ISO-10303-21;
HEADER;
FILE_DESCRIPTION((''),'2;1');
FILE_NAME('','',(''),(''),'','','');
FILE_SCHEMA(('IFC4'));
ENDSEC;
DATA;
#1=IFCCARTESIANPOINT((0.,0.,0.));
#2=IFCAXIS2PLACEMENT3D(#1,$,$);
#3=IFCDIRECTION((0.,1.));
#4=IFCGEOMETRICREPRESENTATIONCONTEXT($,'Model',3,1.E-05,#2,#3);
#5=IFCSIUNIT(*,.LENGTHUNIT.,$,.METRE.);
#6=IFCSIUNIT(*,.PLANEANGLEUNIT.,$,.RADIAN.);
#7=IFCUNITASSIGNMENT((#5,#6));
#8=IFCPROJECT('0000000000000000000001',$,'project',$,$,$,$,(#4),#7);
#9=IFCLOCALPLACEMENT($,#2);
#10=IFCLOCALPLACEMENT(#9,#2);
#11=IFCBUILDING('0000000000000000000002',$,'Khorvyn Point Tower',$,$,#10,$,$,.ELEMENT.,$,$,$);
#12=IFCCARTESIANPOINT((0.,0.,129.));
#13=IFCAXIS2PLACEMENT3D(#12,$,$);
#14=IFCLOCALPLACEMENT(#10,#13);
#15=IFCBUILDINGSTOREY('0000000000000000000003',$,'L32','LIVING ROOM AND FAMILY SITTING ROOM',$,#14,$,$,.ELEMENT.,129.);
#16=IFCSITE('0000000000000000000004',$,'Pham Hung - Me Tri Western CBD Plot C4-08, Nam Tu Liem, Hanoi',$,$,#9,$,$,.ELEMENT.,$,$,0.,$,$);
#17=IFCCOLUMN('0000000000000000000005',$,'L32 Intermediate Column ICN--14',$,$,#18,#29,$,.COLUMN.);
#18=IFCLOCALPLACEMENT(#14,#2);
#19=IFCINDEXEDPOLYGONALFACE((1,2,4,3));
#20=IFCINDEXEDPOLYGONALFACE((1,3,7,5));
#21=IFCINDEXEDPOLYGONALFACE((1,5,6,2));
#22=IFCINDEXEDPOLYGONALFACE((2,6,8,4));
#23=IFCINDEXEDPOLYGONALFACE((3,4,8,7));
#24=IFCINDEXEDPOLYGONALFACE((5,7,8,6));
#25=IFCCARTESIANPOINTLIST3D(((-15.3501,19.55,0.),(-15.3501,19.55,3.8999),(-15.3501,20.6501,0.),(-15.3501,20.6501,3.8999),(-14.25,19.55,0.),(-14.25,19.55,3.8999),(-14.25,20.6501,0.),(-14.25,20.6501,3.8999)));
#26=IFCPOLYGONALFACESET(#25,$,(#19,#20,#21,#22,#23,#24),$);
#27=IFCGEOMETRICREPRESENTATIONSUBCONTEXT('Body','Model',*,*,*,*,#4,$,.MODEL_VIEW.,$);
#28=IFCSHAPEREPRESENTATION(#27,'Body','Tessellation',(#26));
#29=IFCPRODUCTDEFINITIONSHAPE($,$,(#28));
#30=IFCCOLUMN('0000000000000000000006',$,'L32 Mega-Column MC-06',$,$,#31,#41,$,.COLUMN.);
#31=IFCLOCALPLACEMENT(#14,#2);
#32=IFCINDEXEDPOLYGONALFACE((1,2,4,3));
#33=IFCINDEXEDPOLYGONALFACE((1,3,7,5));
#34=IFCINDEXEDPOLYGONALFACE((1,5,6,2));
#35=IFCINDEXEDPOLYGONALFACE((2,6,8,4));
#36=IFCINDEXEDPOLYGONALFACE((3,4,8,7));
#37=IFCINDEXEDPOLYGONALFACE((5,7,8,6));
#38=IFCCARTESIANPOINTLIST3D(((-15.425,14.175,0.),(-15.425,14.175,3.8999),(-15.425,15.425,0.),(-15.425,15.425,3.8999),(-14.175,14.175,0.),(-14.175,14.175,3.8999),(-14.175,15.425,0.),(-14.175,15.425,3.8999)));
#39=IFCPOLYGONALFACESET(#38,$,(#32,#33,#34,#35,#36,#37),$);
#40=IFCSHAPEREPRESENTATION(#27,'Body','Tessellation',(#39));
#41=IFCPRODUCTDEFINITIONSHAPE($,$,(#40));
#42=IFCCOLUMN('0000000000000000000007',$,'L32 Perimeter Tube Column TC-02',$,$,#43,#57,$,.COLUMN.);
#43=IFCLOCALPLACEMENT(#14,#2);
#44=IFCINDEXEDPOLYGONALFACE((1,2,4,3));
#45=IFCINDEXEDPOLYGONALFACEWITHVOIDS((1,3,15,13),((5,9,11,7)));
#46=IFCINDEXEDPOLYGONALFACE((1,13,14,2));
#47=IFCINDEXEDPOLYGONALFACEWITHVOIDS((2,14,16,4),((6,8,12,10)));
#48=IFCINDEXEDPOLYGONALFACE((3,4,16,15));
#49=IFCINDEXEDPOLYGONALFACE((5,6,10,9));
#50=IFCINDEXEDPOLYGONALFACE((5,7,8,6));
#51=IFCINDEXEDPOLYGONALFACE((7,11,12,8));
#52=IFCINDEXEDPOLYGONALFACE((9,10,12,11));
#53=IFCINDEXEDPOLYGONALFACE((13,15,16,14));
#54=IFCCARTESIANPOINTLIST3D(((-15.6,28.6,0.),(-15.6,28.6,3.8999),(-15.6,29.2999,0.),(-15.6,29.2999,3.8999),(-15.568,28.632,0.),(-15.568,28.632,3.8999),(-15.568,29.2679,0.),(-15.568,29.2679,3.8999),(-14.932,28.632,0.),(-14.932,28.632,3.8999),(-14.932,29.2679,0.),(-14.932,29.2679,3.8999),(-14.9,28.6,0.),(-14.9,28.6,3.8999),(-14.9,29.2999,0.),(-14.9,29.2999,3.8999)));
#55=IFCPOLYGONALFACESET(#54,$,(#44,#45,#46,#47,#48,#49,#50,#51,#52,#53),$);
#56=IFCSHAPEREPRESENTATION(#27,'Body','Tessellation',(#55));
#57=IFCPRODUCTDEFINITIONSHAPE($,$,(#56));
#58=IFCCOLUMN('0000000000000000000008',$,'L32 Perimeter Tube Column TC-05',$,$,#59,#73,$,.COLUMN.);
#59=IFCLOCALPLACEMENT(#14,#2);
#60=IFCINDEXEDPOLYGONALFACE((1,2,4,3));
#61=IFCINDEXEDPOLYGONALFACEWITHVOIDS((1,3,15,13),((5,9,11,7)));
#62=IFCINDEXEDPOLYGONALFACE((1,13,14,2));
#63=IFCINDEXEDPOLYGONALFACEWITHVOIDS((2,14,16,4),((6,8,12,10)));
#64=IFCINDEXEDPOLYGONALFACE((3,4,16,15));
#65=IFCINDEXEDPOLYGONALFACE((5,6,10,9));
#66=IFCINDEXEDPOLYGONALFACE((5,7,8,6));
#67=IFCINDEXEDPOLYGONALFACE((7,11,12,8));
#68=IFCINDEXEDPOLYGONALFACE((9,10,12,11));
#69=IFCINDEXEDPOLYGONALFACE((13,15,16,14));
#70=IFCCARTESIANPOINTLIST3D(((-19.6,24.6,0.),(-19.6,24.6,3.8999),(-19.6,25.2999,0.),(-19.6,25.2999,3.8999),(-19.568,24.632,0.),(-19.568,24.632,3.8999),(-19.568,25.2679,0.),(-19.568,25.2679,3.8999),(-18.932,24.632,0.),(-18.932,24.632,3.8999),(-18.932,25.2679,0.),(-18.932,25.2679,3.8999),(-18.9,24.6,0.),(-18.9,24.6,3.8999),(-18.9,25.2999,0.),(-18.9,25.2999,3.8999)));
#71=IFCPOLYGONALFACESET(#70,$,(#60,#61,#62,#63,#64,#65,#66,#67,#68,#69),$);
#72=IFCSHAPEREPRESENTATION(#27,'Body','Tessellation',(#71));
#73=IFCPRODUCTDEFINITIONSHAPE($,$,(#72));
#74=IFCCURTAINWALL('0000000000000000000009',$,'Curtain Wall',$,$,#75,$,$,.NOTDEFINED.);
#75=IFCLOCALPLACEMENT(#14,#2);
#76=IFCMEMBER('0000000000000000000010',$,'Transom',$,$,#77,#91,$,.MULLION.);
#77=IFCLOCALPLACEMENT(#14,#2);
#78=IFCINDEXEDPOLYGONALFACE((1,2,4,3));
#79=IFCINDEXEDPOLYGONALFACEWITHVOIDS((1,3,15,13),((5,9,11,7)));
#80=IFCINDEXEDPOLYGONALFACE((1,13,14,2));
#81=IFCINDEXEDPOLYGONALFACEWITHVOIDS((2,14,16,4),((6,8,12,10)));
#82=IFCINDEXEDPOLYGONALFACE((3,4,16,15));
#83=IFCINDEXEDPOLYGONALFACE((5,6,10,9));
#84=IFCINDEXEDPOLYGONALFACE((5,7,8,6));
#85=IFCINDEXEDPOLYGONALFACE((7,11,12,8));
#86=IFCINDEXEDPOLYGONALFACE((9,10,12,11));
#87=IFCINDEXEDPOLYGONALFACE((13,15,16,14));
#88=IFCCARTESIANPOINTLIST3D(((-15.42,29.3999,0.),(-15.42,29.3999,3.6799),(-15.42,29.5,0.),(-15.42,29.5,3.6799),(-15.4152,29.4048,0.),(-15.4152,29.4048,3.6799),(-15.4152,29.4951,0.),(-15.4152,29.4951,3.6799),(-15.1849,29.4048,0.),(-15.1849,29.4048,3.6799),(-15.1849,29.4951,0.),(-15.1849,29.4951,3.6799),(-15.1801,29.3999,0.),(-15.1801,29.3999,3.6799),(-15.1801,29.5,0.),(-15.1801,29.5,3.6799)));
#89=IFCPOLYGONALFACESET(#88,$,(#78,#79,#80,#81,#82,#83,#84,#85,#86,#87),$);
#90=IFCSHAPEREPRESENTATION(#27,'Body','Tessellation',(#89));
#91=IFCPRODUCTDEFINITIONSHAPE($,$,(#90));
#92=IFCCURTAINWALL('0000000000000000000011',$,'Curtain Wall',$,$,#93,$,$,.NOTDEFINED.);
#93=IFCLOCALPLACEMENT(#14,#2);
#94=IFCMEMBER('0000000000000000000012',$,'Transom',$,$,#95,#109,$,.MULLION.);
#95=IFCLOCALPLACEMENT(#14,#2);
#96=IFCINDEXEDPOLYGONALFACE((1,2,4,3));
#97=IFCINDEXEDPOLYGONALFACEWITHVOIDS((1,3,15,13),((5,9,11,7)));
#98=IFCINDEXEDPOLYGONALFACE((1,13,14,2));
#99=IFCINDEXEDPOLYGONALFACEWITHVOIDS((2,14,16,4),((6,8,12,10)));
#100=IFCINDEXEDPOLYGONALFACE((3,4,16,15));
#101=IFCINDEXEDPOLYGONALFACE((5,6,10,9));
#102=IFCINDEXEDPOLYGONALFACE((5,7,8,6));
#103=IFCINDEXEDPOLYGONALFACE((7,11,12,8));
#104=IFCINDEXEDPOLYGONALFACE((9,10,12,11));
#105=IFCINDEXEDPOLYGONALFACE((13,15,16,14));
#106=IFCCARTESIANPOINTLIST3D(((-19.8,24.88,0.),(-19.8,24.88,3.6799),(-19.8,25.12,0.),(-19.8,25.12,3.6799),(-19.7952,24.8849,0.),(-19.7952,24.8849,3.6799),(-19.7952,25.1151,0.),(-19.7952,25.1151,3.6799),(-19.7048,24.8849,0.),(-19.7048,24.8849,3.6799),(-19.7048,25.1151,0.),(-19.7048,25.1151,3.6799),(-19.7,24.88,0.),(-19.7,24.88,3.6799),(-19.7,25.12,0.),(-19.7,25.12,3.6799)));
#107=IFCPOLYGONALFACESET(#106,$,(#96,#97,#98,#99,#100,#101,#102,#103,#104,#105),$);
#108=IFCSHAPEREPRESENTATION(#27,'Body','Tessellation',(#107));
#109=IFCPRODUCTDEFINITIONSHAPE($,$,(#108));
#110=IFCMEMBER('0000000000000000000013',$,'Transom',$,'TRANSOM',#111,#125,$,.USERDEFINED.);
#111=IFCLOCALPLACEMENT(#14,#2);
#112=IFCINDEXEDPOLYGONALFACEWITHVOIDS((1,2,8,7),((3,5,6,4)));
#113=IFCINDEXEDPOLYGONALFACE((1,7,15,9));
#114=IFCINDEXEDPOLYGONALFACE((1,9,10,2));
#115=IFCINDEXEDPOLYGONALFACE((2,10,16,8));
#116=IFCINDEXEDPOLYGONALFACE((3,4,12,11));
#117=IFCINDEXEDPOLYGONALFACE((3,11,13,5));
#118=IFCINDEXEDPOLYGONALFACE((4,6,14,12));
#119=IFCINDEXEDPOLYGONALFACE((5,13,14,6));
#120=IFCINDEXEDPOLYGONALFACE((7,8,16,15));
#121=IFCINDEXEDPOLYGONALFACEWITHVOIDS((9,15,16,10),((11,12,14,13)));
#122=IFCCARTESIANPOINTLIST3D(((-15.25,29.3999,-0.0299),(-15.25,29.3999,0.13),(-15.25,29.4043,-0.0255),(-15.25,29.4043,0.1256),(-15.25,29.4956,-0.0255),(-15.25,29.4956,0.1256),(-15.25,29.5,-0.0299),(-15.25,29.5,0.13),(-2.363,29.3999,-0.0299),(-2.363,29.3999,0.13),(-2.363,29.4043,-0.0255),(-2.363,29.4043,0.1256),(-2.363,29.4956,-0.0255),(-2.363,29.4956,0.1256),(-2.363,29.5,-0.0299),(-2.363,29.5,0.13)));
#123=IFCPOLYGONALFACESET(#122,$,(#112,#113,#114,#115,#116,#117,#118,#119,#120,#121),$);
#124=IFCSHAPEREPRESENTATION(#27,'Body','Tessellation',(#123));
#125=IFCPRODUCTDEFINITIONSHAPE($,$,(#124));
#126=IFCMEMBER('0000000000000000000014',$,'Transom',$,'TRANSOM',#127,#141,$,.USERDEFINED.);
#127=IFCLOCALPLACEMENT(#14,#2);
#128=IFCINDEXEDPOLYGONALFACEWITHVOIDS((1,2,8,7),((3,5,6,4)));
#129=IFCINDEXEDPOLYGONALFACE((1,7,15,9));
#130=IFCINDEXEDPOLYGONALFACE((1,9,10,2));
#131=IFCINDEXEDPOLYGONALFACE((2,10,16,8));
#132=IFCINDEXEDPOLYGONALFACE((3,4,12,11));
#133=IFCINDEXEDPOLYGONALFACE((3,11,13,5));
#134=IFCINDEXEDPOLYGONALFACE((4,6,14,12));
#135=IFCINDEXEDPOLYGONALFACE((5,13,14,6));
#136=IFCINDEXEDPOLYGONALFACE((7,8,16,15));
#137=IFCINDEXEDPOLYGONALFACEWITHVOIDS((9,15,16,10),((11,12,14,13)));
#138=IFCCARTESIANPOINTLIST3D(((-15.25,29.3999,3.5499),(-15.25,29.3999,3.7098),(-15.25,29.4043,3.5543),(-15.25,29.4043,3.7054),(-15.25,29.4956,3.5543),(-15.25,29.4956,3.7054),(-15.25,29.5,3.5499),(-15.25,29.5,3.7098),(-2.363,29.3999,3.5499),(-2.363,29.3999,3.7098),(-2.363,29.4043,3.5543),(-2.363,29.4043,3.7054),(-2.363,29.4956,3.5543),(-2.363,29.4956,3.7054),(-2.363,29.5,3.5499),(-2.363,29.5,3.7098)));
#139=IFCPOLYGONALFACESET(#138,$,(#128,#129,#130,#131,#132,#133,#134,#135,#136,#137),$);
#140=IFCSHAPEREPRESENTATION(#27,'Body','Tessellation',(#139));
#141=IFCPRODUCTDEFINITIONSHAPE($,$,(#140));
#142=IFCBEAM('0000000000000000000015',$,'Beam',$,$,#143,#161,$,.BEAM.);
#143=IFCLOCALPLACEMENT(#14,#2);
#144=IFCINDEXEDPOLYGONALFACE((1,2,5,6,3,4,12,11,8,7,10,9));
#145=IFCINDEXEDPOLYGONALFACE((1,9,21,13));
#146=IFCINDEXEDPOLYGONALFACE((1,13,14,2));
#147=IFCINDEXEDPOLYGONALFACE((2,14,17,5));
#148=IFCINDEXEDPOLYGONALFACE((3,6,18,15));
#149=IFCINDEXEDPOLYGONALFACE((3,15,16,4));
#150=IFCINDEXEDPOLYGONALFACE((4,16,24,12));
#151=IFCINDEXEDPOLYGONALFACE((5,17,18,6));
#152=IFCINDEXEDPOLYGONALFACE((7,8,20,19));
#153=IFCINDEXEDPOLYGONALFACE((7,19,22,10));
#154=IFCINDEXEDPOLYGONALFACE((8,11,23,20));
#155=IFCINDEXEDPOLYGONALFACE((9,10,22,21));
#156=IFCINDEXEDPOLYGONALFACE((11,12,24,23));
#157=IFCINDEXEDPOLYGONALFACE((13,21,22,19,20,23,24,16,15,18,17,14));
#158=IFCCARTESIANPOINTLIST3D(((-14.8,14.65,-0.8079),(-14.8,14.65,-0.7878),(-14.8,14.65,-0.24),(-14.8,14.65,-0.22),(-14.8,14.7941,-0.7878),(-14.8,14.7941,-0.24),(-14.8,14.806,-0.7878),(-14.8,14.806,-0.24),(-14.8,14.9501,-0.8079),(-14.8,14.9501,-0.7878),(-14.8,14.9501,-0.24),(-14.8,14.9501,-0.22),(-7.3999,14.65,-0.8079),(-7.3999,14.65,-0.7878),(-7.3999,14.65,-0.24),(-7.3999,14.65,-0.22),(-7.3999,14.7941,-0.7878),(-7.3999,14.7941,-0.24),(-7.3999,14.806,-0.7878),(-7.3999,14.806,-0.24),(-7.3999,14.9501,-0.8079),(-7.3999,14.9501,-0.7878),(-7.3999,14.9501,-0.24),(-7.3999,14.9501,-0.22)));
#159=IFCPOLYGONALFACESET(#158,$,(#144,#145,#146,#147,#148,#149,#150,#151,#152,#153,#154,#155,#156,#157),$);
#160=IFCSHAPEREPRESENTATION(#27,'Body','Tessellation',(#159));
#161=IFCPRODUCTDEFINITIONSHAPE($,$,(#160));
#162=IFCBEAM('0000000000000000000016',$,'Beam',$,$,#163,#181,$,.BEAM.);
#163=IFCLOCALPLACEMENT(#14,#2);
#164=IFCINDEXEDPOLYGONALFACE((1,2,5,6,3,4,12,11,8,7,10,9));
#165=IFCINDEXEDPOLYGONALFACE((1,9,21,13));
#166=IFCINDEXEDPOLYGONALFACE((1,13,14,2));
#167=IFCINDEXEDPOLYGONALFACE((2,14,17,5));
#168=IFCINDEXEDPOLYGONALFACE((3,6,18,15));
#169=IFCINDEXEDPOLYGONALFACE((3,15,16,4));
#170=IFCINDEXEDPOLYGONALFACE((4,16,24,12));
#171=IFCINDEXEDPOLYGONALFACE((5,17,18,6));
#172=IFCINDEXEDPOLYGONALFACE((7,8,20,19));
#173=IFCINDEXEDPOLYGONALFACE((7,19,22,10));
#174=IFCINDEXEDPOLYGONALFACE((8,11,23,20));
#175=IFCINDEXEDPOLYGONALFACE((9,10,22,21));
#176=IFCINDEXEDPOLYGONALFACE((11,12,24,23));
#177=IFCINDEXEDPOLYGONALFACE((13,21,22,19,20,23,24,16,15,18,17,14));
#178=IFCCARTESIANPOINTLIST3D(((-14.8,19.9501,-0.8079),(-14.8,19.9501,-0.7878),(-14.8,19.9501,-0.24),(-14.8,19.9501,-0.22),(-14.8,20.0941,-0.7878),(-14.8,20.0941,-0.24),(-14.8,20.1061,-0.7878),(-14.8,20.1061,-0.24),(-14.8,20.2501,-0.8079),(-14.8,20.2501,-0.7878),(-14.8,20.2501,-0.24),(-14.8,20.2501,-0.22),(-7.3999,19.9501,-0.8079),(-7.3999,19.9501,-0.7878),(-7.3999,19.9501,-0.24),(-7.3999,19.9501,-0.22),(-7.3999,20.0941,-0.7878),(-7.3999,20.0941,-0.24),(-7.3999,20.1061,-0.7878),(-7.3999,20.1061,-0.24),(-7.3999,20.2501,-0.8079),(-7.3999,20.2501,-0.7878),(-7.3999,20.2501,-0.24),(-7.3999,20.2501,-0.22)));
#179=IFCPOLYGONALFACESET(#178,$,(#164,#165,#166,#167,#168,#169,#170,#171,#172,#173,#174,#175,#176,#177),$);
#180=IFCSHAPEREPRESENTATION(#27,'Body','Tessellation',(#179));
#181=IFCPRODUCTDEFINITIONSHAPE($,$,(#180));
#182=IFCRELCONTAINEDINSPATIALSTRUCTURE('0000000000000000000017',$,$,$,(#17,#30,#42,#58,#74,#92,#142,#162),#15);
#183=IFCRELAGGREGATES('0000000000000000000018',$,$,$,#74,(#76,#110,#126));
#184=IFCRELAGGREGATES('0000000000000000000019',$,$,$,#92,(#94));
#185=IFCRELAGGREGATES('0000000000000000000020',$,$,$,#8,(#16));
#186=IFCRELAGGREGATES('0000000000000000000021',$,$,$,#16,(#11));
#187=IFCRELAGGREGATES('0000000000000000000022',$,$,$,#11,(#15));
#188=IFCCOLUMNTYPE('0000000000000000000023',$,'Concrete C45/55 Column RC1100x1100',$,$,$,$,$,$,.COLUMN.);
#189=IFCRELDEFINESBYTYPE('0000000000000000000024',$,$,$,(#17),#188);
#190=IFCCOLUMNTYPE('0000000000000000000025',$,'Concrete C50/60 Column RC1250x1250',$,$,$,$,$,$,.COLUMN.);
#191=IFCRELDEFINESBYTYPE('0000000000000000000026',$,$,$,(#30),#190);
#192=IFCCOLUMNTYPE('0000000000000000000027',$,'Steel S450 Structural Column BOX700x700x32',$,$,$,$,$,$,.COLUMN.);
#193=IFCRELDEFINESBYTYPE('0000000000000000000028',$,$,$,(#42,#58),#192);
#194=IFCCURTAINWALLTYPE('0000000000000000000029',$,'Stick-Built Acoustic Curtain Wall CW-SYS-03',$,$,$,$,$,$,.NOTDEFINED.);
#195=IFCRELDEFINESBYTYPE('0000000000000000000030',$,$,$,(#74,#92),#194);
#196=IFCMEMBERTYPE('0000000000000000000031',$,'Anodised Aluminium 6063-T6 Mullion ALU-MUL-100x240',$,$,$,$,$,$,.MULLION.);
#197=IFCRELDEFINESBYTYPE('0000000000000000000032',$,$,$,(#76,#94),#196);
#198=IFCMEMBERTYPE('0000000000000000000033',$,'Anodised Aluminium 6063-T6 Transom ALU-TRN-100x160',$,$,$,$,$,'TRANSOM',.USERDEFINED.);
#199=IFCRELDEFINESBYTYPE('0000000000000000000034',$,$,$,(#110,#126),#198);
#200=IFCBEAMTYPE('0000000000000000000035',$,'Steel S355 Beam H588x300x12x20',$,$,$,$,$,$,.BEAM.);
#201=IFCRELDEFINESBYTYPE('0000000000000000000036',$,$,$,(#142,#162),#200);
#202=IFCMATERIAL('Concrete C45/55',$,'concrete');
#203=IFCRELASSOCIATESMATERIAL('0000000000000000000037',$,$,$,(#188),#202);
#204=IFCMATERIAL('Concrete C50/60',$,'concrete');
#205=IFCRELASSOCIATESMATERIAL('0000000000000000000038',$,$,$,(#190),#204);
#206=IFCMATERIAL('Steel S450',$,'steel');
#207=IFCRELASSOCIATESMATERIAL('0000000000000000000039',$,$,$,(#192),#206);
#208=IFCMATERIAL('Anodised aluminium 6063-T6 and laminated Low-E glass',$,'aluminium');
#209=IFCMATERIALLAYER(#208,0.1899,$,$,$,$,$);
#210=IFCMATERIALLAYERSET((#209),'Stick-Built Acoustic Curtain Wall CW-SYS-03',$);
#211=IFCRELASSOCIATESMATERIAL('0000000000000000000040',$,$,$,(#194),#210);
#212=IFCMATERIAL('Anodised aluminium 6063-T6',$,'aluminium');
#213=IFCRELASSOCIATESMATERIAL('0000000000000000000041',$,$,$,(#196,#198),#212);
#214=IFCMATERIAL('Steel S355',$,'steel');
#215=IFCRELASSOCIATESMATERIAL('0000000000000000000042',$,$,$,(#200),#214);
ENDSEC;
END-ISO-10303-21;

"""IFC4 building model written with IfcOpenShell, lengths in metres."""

from ifc_helpers import new_model, si_unit, direction, frame, origin, origin_2d, place, context, subcontext, project, spatial, rectangle, hollow_rectangle, i_section, extrude, material, layer, layer_set, material_profile, profile_set, type_object, element, aggregate, save


model = new_model("IFC4")

# Units and contexts
model_context = context("Model", 3, precision=1e-05, world=origin(), true_north=direction((0.0, 1.0)))
body_context = subcontext(model_context, "Body", "Model", "MODEL_VIEW")
ifc_project = project(units=[si_unit("LENGTHUNIT", "METRE"), si_unit("PLANEANGLEUNIT", "RADIAN")], contexts=[model_context])

# Site, building, storey
site_placement = place(None, origin())
site = spatial("IfcSite", under=ifc_project, at=site_placement, Name="Pham Hung - Me Tri Western CBD Plot C4-08, Nam Tu Liem, Hanoi", CompositionType="ELEMENT", RefElevation=0.0)
building_placement = place(site_placement, origin())
building = spatial("IfcBuilding", under=site, at=building_placement, Name="Khorvyn Point Tower", CompositionType="ELEMENT")
storey_placement = place(building_placement, frame((0.0, 0.0, 129.0)))
storey = spatial("IfcBuildingStorey", under=building, at=storey_placement, Name="L32", Description="LIVING ROOM AND FAMILY SITTING ROOM", CompositionType="ELEMENT", Elevation=129.0)

# Columns
ifc_material_1 = material(Name="Concrete C45/55", Category="concrete")
ifc_material_profile_1 = material_profile(ifc_material_1, rectangle(XDim=1.1001, YDim=1.1001, at=origin_2d()))
ifc_profile_set_1 = profile_set([ifc_material_profile_1], Name="Concrete C45/55 RC1100x1100")
column_type_1 = type_object("IfcColumnType", Name="Concrete C45/55 Column RC1100x1100", PredefinedType="COLUMN", material=ifc_profile_set_1)
column_1_placement = place(storey_placement, frame((-14.8, 20.1001, 0.0), z_axis=(0.0, 0.0, 1.0), x_axis=(1.0, 0.0, 0.0)))
element("IfcColumn", 1, at=column_1_placement, inside=storey, type_object=column_type_1, Name="L32 Intermediate Column ICN--14", PredefinedType="COLUMN", context=body_context, shape_type="SweptSolid", body=[
    extrude(rectangle(XDim=1.1001, YDim=1.1001, at=origin_2d()), origin(), (0.0, 0.0, 1.0), 3.8999),
])
ifc_material_2 = material(Name="Concrete C50/60", Category="concrete")
ifc_material_profile_2 = material_profile(ifc_material_2, rectangle(XDim=1.25, YDim=1.25, at=origin_2d()))
ifc_profile_set_2 = profile_set([ifc_material_profile_2], Name="Concrete C50/60 RC1250x1250")
column_type_2 = type_object("IfcColumnType", Name="Concrete C50/60 Column RC1250x1250", PredefinedType="COLUMN", material=ifc_profile_set_2)
column_2_placement = place(storey_placement, frame((-14.8, 14.8, 0.0), z_axis=(0.0, 0.0, 1.0), x_axis=(1.0, 0.0, 0.0)))
element("IfcColumn", 2, at=column_2_placement, inside=storey, type_object=column_type_2, Name="L32 Mega-Column MC-06", PredefinedType="COLUMN", context=body_context, shape_type="SweptSolid", body=[
    extrude(rectangle(XDim=1.25, YDim=1.25, at=origin_2d()), origin(), (0.0, 0.0, 1.0), 3.8999),
])
ifc_material_3 = material(Name="Steel S450", Category="steel")
ifc_material_profile_3 = material_profile(ifc_material_3, hollow_rectangle(XDim=0.7, YDim=0.7, WallThickness=0.032, at=origin_2d()))
ifc_profile_set_3 = profile_set([ifc_material_profile_3], Name="Steel S450 BOX700x700x32")
column_type_3 = type_object("IfcColumnType", Name="Steel S450 Structural Column BOX700x700x32", PredefinedType="COLUMN", material=ifc_profile_set_3)
for number, where, z_axis, x_axis, name in (
    (3, (-15.25, 28.95, 0.0), (0.0, 0.0, 1.0), (1.0, 0.0, 0.0), "L32 Perimeter Tube Column TC-02"),
    (4, (-19.25, 24.95, 0.0), (0.0, 0.0, 1.0), (1.0, 0.0, 0.0), "L32 Perimeter Tube Column TC-05"),
):
    element("IfcColumn", number, at=place(storey_placement, frame(where, z_axis=z_axis, x_axis=x_axis)), inside=storey, type_object=column_type_3, Name=name, PredefinedType="COLUMN", context=body_context, shape_type="SweptSolid", body=[
        extrude(hollow_rectangle(XDim=0.7, YDim=0.7, WallThickness=0.032, at=origin_2d()), origin(), (0.0, 0.0, 1.0), 3.8999),
    ])

# Curtain walls, members
ifc_material_4 = material(Name="Anodised aluminium 6063-T6 and laminated Low-E glass", Category="aluminium")
ifc_layer_1 = layer(ifc_material_4, 0.1899)
ifc_layer_set_1 = layer_set([ifc_layer_1], Name="Stick-Built Acoustic Curtain Wall CW-SYS-03")
curtain_wall_type = type_object("IfcCurtainWallType", Name="Stick-Built Acoustic Curtain Wall CW-SYS-03", PredefinedType="NOTDEFINED", material=ifc_layer_set_1)
curtain_wall_1_placement = place(storey_placement, origin())
curtain_wall_1 = element("IfcCurtainWall", 5, at=curtain_wall_1_placement, inside=storey, type_object=curtain_wall_type, Name="Curtain Wall", PredefinedType="NOTDEFINED")
ifc_material_5 = material(Name="Anodised aluminium 6063-T6", Category="aluminium")
ifc_material_profile_4 = material_profile(ifc_material_5, hollow_rectangle(XDim=0.1001, YDim=0.24, WallThickness=0.0049, at=origin_2d()))
ifc_profile_set_4 = profile_set([ifc_material_profile_4], Name="Anodised aluminium 6063-T6 ALU-MUL-100x240")
member_type_1 = type_object("IfcMemberType", Name="Anodised Aluminium 6063-T6 Mullion ALU-MUL-100x240", PredefinedType="MULLION", material=ifc_profile_set_4)
member_1_placement = place(storey_placement, frame((-15.3, 29.45, 0.0), z_axis=(0.0, 0.0, 1.0), x_axis=(0.0, 1.0, 0.0)))
member_1 = element("IfcMember", 6, at=member_1_placement, type_object=member_type_1, Name="Transom", PredefinedType="MULLION", context=body_context, shape_type="SweptSolid", body=[
    extrude(hollow_rectangle(XDim=0.1001, YDim=0.24, WallThickness=0.0049, at=origin_2d()), origin(), (0.0, 0.0, 1.0), 3.6799),
])
curtain_wall_2_placement = place(storey_placement, origin())
curtain_wall_2 = element("IfcCurtainWall", 7, at=curtain_wall_2_placement, inside=storey, type_object=curtain_wall_type, Name="Curtain Wall", PredefinedType="NOTDEFINED")
member_2_placement = place(storey_placement, frame((-19.75, 25.0, 0.0), z_axis=(0.0, 0.0, 1.0), x_axis=(-1.0, 0.0, 0.0)))
member_2 = element("IfcMember", 8, at=member_2_placement, type_object=member_type_1, Name="Transom", PredefinedType="MULLION", context=body_context, shape_type="SweptSolid", body=[
    extrude(hollow_rectangle(XDim=0.1001, YDim=0.24, WallThickness=0.0049, at=origin_2d()), origin(), (0.0, 0.0, 1.0), 3.6799),
])

# Members
ifc_material_profile_5 = material_profile(ifc_material_5, hollow_rectangle(XDim=0.1001, YDim=0.1599, WallThickness=0.0044, at=origin_2d()))
ifc_profile_set_5 = profile_set([ifc_material_profile_5], Name="Anodised aluminium 6063-T6 ALU-TRN-100x160")
member_type_2 = type_object("IfcMemberType", Name="Anodised Aluminium 6063-T6 Transom ALU-TRN-100x160", ElementType="TRANSOM", PredefinedType="USERDEFINED", material=ifc_profile_set_5)
member_3_placement = place(storey_placement, frame((-15.25, 29.45, 0.05), z_axis=(1.0, 0.0, 0.0), x_axis=(0.0, 1.0, 0.0)))
member_3 = element("IfcMember", 9, at=member_3_placement, type_object=member_type_2, Name="Transom", ObjectType="TRANSOM", PredefinedType="USERDEFINED", context=body_context, shape_type="SweptSolid", body=[
    extrude(hollow_rectangle(XDim=0.1001, YDim=0.1599, WallThickness=0.0044, at=origin_2d()), origin(), (0.0, 0.0, 1.0), 12.887),
])
member_4_placement = place(storey_placement, frame((-15.25, 29.45, 3.6299), z_axis=(1.0, 0.0, 0.0), x_axis=(0.0, 1.0, 0.0)))
member_4 = element("IfcMember", 10, at=member_4_placement, type_object=member_type_2, Name="Transom", ObjectType="TRANSOM", PredefinedType="USERDEFINED", context=body_context, shape_type="SweptSolid", body=[
    extrude(hollow_rectangle(XDim=0.1001, YDim=0.1599, WallThickness=0.0044, at=origin_2d()), origin(), (0.0, 0.0, 1.0), 12.887),
])

# Beams
ifc_material_6 = material(Name="Steel S355", Category="steel")
ifc_material_profile_6 = material_profile(ifc_material_6, i_section(OverallWidth=0.3, OverallDepth=0.5879, WebThickness=0.012, FlangeThickness=0.02, at=origin_2d()))
ifc_profile_set_6 = profile_set([ifc_material_profile_6], Name="Steel S355 H588x300x12x20")
beam_type_1 = type_object("IfcBeamType", Name="Steel S355 Beam H588x300x12x20", PredefinedType="BEAM", material=ifc_profile_set_6)
for number, where, z_axis, x_axis, name in (
    (11, (-14.8, 14.8, -0.5139), (1.0, 0.0, 0.0), (0.0, 1.0, 0.0), "Beam"),
    (12, (-14.8, 20.1001, -0.5139), (1.0, 0.0, 0.0), (0.0, 1.0, 0.0), "Beam"),
):
    element("IfcBeam", number, at=place(storey_placement, frame(where, z_axis=z_axis, x_axis=x_axis)), inside=storey, type_object=beam_type_1, Name=name, PredefinedType="BEAM", context=body_context, shape_type="SweptSolid", body=[
        extrude(i_section(OverallWidth=0.3, OverallDepth=0.5879, WebThickness=0.012, FlangeThickness=0.02, at=origin_2d()), origin(), (0.0, 0.0, 1.0), 7.4001),
    ])

aggregate(curtain_wall_1, [member_1, member_3, member_4])
aggregate(curtain_wall_2, [member_2])

save(model, "model.ifc")
